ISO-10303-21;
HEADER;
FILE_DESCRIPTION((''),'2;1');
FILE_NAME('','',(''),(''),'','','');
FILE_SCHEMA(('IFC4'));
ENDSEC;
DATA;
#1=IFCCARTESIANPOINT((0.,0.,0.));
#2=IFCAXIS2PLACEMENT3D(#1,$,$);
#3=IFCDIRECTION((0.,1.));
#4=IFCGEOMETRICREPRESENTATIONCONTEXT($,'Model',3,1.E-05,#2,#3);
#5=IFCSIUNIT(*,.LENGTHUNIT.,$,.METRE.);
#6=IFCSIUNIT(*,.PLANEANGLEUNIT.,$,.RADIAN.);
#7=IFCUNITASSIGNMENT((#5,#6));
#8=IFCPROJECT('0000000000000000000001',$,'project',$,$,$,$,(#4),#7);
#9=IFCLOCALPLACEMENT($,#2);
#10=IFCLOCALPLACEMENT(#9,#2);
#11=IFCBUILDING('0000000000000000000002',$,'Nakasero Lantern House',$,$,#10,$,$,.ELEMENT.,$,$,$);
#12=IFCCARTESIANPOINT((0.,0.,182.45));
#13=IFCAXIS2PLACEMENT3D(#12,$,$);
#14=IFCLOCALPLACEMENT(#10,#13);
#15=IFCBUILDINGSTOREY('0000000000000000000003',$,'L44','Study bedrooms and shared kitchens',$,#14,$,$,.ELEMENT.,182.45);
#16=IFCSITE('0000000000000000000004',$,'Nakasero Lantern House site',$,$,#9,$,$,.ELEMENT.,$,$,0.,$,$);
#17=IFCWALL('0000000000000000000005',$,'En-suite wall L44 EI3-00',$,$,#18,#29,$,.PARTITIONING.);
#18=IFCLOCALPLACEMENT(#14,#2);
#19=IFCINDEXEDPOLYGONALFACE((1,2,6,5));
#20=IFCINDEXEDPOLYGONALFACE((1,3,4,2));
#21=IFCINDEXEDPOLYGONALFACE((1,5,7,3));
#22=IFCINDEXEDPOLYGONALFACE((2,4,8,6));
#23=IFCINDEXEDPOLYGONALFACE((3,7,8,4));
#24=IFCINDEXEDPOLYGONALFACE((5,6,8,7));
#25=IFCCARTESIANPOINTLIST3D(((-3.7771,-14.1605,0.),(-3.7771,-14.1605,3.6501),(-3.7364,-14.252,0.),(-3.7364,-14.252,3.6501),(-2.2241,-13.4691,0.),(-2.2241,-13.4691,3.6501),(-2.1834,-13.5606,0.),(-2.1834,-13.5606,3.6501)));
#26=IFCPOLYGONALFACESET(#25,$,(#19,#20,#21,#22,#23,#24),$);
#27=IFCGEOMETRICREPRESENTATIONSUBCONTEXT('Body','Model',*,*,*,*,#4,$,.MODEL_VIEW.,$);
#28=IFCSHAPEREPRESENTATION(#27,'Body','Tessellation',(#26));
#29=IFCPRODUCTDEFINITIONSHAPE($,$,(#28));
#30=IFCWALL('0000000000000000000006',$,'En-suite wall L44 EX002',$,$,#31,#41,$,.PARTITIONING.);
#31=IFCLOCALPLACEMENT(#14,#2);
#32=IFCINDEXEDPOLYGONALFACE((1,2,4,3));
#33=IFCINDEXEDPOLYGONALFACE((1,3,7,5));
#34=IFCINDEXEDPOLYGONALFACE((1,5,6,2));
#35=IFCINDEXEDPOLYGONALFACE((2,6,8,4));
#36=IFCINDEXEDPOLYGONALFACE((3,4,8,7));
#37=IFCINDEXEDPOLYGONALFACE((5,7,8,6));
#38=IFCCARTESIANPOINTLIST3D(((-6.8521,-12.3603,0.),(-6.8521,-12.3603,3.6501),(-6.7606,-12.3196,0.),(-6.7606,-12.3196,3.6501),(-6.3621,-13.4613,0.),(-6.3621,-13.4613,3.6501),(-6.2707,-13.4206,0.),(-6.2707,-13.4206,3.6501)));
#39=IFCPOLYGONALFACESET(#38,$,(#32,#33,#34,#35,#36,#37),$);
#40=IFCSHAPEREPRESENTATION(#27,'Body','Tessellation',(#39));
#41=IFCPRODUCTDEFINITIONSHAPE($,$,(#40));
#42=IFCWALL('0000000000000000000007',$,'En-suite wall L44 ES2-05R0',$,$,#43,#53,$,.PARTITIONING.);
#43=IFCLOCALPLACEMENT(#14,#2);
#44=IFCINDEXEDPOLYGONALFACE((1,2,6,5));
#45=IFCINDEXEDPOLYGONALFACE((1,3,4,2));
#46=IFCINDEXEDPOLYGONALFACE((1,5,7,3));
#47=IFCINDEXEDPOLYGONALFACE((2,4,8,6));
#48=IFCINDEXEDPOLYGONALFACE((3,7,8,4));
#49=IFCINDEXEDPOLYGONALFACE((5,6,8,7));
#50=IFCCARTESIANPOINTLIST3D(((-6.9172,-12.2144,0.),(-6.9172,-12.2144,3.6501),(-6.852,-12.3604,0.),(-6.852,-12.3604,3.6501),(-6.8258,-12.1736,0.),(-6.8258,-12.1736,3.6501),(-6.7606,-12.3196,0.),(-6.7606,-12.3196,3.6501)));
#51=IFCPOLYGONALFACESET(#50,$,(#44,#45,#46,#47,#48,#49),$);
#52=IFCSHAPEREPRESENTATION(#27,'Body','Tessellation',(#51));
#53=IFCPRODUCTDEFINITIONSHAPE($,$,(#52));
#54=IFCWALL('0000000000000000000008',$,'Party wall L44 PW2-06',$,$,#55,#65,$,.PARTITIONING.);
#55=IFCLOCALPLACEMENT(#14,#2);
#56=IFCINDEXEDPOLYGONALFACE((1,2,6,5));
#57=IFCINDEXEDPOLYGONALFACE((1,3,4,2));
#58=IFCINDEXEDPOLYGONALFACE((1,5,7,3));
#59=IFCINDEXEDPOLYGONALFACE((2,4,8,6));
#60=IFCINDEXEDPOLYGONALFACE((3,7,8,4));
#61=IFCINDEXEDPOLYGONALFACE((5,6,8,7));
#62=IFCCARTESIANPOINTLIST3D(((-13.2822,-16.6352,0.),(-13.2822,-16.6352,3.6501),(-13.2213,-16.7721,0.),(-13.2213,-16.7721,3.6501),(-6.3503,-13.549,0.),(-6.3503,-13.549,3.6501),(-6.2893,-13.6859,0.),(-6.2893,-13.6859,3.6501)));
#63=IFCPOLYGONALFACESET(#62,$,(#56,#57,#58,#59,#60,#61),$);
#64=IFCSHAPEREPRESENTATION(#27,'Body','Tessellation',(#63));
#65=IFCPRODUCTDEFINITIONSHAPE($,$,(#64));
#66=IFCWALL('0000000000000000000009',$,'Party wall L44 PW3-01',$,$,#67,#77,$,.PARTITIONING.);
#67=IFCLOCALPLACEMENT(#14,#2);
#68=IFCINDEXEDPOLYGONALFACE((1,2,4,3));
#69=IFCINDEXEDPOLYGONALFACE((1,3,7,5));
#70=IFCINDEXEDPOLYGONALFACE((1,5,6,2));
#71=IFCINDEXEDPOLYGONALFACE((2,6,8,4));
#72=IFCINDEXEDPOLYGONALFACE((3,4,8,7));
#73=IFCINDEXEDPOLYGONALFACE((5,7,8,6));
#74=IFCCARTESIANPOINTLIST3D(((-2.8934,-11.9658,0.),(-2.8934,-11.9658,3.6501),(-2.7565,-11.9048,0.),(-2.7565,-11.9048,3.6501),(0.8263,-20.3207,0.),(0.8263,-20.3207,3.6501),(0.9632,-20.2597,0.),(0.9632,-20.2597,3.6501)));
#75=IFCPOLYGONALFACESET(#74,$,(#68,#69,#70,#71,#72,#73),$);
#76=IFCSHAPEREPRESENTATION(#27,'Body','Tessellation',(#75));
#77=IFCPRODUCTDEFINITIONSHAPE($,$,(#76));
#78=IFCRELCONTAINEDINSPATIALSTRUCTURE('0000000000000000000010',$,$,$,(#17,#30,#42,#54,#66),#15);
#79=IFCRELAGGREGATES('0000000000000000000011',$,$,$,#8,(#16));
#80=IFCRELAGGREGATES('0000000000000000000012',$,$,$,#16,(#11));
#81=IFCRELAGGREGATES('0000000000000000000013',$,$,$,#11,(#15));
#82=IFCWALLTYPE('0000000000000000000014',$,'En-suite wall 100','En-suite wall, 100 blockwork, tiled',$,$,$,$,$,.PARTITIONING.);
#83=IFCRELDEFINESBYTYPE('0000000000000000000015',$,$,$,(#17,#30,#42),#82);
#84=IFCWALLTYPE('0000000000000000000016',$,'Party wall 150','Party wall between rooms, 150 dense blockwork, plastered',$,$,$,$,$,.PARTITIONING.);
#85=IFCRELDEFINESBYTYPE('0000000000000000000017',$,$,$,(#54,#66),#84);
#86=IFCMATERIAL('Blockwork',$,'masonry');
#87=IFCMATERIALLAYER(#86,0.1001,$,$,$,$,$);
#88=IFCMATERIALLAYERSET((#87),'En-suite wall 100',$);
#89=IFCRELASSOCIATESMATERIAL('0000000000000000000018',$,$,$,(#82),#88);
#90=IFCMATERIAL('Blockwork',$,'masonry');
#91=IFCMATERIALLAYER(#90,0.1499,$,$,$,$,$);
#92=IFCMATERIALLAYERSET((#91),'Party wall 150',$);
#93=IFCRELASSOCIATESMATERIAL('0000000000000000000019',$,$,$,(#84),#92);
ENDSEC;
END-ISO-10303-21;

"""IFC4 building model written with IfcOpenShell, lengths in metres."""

from ifc_helpers import new_model, si_unit, direction, frame, frame_2d, origin, place, context, subcontext, project, spatial, rectangle, extrude, material, layer, layer_set, type_object, element, save


model = new_model("IFC4")

# Units and contexts
model_context = context("Model", 3, precision=1e-05, world=origin(), true_north=direction((0.0, 1.0)))
body_context = subcontext(model_context, "Body", "Model", "MODEL_VIEW")
ifc_project = project(units=[si_unit("LENGTHUNIT", "METRE"), si_unit("PLANEANGLEUNIT", "RADIAN")], contexts=[model_context])

# Site, building, storey
site_placement = place(None, origin())
site = spatial("IfcSite", under=ifc_project, at=site_placement, Name="Nakasero Lantern House site", CompositionType="ELEMENT", RefElevation=0.0)
building_placement = place(site_placement, origin())
building = spatial("IfcBuilding", under=site, at=building_placement, Name="Nakasero Lantern House", CompositionType="ELEMENT")
storey_placement = place(building_placement, frame((0.0, 0.0, 182.45)))
storey = spatial("IfcBuildingStorey", under=building, at=storey_placement, Name="L44", Description="Study bedrooms and shared kitchens", CompositionType="ELEMENT", Elevation=182.45)

# Shared definitions
ifc_material_1 = material(Name="Blockwork", Category="masonry")
ifc_layer_1 = layer(ifc_material_1, 0.1001)
ifc_layer_set_1 = layer_set([ifc_layer_1], Name="En-suite wall 100")
wall_type_1 = type_object("IfcWallType", Name="En-suite wall 100", Description="En-suite wall, 100 blockwork, tiled", PredefinedType="PARTITIONING", material=ifc_layer_set_1)

# Walls
wall_1_placement = place(storey_placement, frame((-3.7568, -14.2063, 0.0), z_axis=(0.0, 0.0, 1.0), x_axis=(0.913551, 0.406725, 0.0)))
element("IfcWall", 1, at=wall_1_placement, inside=storey, type_object=wall_type_1, Name="En-suite wall L44 EI3-00", PredefinedType="PARTITIONING", context=body_context, shape_type="SweptSolid", body=[
    extrude(rectangle(XDim=1.7, YDim=0.1001, at=frame_2d((0.8501, 0.0))), origin(), (0.0, 0.0, 1.0), 3.6501),
])
wall_2_placement = place(storey_placement, frame((-6.3164, -13.4409, 0.0), z_axis=(0.0, 0.0, 1.0), x_axis=(-0.406571, 0.913619, 0.0)))
element("IfcWall", 2, at=wall_2_placement, inside=storey, type_object=wall_type_1, Name="En-suite wall L44 EX002", PredefinedType="PARTITIONING", context=body_context, shape_type="SweptSolid", body=[
    extrude(rectangle(XDim=1.2051, YDim=0.1001, at=frame_2d((0.6025, 0.0))), origin(), (0.0, 0.0, 1.0), 3.6501),
])
wall_3_placement = place(storey_placement, frame((-6.8716, -12.1938, 0.0), z_axis=(0.0, 0.0, 1.0), x_axis=(0.407696, -0.913118, 0.0)))
element("IfcWall", 3, at=wall_3_placement, inside=storey, type_object=wall_type_1, Name="En-suite wall L44 ES2-05R0", PredefinedType="PARTITIONING", context=body_context, shape_type="SweptSolid", body=[
    extrude(rectangle(XDim=0.1599, YDim=0.1001, at=frame_2d((0.0801, 0.0))), origin(), (0.0, 0.0, 1.0), 3.6501),
])
ifc_material_2 = material(Name="Blockwork", Category="masonry")
ifc_layer_2 = layer(ifc_material_2, 0.1499)
ifc_layer_set_2 = layer_set([ifc_layer_2], Name="Party wall 150")
wall_type_2 = type_object("IfcWallType", Name="Party wall 150", Description="Party wall between rooms, 150 dense blockwork, plastered", PredefinedType="PARTITIONING", material=ifc_layer_set_2)
wall_4_placement = place(storey_placement, frame((-6.3198, -13.6174, 0.0), z_axis=(0.0, 0.0, 1.0), x_axis=(-0.91355, -0.406726, 0.0)))
element("IfcWall", 4, at=wall_4_placement, inside=storey, type_object=wall_type_2, Name="Party wall L44 PW2-06", PredefinedType="PARTITIONING", context=body_context, shape_type="SweptSolid", body=[
    extrude(rectangle(XDim=7.5879, YDim=0.1499, at=frame_2d((3.7939, 0.0))), origin(), (0.0, 0.0, 1.0), 3.6501),
])
wall_5_placement = place(storey_placement, frame((-2.825, -11.9353, 0.0), z_axis=(0.0, 0.0, 1.0), x_axis=(0.406723, -0.913552, 0.0)))
element("IfcWall", 5, at=wall_5_placement, inside=storey, type_object=wall_type_2, Name="Party wall L44 PW3-01", PredefinedType="PARTITIONING", context=body_context, shape_type="SweptSolid", body=[
    extrude(rectangle(XDim=9.1455, YDim=0.1499, at=frame_2d((4.5728, 0.0))), origin(), (0.0, 0.0, 1.0), 3.6501),
])

save(model, "model.ifc")
